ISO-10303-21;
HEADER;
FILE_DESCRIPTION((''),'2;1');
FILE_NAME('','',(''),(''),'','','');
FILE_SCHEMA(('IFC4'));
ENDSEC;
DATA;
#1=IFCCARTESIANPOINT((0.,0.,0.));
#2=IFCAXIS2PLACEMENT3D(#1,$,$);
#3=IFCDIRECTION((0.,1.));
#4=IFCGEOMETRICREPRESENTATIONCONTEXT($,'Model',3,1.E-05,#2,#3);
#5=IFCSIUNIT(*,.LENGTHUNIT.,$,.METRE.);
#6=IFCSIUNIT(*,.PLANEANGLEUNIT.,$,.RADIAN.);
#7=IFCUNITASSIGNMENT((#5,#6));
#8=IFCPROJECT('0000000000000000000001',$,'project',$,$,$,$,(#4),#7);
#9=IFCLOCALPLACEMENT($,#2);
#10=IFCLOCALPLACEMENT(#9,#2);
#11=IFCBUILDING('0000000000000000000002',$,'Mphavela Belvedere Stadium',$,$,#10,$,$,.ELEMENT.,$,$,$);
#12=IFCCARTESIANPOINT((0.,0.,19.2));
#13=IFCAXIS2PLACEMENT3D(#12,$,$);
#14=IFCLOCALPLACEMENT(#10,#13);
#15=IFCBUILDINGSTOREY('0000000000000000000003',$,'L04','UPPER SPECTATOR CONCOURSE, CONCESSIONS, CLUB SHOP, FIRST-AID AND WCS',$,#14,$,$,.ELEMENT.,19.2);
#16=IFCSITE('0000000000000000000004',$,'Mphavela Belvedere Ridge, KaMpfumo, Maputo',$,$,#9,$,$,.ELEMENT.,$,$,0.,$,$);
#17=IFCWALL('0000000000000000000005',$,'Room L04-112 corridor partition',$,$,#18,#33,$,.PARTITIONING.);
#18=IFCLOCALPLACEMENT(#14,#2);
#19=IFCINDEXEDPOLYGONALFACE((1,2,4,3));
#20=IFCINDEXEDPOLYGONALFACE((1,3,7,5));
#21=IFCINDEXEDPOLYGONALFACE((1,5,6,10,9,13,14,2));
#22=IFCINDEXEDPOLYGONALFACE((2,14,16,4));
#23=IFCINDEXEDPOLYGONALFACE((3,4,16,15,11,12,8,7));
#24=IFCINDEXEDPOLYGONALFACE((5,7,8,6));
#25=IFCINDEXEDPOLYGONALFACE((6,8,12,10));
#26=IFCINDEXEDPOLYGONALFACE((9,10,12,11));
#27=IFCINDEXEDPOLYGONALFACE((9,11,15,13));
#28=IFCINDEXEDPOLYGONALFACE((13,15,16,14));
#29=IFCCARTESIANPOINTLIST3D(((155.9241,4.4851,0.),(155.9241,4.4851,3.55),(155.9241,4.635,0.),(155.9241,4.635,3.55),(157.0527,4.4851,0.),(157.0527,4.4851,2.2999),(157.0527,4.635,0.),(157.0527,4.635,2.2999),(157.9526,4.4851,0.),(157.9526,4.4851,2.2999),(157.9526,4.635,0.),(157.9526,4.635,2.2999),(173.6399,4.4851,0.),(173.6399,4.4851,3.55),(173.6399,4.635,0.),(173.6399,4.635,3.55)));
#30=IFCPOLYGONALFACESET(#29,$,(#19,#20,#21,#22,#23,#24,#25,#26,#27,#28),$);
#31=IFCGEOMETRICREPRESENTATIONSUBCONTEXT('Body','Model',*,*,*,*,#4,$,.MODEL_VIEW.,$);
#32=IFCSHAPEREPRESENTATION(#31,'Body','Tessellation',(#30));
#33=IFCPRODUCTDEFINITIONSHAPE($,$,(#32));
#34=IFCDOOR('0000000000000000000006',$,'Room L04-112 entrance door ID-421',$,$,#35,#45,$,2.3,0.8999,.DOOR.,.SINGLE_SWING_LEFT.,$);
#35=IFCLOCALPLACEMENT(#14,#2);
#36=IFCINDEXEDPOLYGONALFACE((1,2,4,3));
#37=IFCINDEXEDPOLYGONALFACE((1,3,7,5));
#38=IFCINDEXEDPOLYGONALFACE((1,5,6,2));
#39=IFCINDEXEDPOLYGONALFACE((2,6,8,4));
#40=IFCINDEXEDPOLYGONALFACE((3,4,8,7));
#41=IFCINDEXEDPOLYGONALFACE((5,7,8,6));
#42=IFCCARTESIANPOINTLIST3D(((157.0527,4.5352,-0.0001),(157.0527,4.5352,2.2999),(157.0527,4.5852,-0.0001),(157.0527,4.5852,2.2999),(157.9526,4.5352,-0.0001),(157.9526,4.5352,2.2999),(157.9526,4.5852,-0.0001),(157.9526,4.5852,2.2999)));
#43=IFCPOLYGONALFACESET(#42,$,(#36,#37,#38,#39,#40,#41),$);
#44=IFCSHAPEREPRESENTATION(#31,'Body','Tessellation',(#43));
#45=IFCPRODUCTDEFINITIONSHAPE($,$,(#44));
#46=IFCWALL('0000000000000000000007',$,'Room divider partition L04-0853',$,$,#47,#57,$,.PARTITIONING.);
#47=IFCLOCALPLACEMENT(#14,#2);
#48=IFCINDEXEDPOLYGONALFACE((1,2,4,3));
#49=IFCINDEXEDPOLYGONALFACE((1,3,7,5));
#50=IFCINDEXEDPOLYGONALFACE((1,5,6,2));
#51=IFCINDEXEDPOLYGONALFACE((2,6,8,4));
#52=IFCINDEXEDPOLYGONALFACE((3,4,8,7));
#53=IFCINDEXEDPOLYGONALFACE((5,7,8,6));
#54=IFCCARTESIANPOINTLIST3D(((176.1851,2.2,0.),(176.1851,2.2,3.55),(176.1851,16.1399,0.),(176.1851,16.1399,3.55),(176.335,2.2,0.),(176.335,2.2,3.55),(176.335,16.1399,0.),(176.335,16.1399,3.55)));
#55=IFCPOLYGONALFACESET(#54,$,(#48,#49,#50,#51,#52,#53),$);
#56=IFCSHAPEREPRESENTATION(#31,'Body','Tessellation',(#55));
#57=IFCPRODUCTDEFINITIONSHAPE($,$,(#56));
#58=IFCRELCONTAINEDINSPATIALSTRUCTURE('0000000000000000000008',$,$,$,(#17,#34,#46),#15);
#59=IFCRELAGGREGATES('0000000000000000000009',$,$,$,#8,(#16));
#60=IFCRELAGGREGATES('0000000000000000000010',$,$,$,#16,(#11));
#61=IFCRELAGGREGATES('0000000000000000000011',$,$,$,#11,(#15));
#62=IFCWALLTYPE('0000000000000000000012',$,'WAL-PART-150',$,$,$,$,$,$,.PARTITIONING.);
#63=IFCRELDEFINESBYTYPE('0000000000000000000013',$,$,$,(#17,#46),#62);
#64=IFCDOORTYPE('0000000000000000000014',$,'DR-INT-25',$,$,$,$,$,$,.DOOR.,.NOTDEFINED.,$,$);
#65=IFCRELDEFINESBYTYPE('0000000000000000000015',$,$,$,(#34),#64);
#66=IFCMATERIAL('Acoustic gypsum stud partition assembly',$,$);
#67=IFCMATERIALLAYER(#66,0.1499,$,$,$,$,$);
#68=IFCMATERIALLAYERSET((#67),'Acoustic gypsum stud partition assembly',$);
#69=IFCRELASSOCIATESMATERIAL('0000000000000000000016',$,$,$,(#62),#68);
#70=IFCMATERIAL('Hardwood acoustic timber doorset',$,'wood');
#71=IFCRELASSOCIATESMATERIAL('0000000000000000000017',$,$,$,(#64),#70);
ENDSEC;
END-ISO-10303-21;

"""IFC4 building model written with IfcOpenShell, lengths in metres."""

from ifc_helpers import new_model, si_unit, direction, frame, frame_2d, origin, place, context, subcontext, project, spatial, rectangle, extrude, material, layer, layer_set, type_object, element, fill, save


model = new_model("IFC4")

# Units and contexts
model_context = context("Model", 3, precision=1e-05, world=origin(), true_north=direction((0.0, 1.0)))
body_context = subcontext(model_context, "Body", "Model", "MODEL_VIEW")
ifc_project = project(units=[si_unit("LENGTHUNIT", "METRE"), si_unit("PLANEANGLEUNIT", "RADIAN")], contexts=[model_context])

# Site, building, storey
site_placement = place(None, origin())
site = spatial("IfcSite", under=ifc_project, at=site_placement, Name="Mphavela Belvedere Ridge, KaMpfumo, Maputo", CompositionType="ELEMENT", RefElevation=0.0)
building_placement = place(site_placement, origin())
building = spatial("IfcBuilding", under=site, at=building_placement, Name="Mphavela Belvedere Stadium", CompositionType="ELEMENT")
storey_placement = place(building_placement, frame((0.0, 0.0, 19.2)))
storey = spatial("IfcBuildingStorey", under=building, at=storey_placement, Name="L04", Description="UPPER SPECTATOR CONCOURSE, CONCESSIONS, CLUB SHOP, FIRST-AID AND WCS", CompositionType="ELEMENT", Elevation=19.2)

# Wall, opening, door
ifc_material_1 = material(Name="Acoustic gypsum stud partition assembly")
ifc_layer_1 = layer(ifc_material_1, 0.1499)
ifc_layer_set_1 = layer_set([ifc_layer_1], Name="Acoustic gypsum stud partition assembly")
wall_type_1 = type_object("IfcWallType", Name="WAL-PART-150", PredefinedType="PARTITIONING", material=ifc_layer_set_1)
wall_1_placement = place(storey_placement, frame((173.6399, 4.5601, 0.0), z_axis=(0.0, 0.0, 1.0), x_axis=(-1.0, 0.0, 0.0)))
wall_1 = element("IfcWall", 1, at=wall_1_placement, inside=storey, type_object=wall_type_1, Name="Room L04-112 corridor partition", PredefinedType="PARTITIONING", context=body_context, shape_type="SweptSolid", body=[
    extrude(rectangle(XDim=17.7158, YDim=0.1499, at=frame_2d((8.8579, 0.0))), origin(), (0.0, 0.0, 1.0), 3.55),
])
opening_1_placement = place(wall_1_placement, frame((15.6873, 0.0, 0.0)))
opening_1 = element("IfcOpeningElement", 2, at=opening_1_placement, cuts=wall_1, PredefinedType="OPENING", context=body_context, shape_type="SweptSolid", body=[
    extrude(rectangle(XDim=0.8999, YDim=2.3, at=frame_2d((0.45, 1.1499))), frame((0.0, 0.085, 0.0), z_axis=(0.0, -1.0, 0.0), x_axis=(1.0, 0.0, 0.0)), (0.0, 0.0, 1.0), 0.1699),
])
ifc_material_2 = material(Name="Hardwood acoustic timber doorset", Category="wood")
door_type = type_object("IfcDoorType", Name="DR-INT-25", OperationType="NOTDEFINED", PredefinedType="DOOR", material=ifc_material_2)
door_placement = place(opening_1_placement, origin())
door = element("IfcDoor", 3, at=door_placement, inside=storey, type_object=door_type, Name="Room L04-112 entrance door ID-421", OperationType="SINGLE_SWING_LEFT", OverallHeight=2.3, OverallWidth=0.8999, PredefinedType="DOOR", context=body_context, shape_type="SweptSolid", body=[
    extrude(rectangle(XDim=0.8999, YDim=2.3, at=frame_2d((0.45, 1.1499))), frame((0.0, 0.0249, 0.0), z_axis=(0.0, -1.0, 0.0), x_axis=(1.0, 0.0, 0.0)), (0.0, 0.0, 1.0), 0.05),
])
fill(opening_1, door)

# Wall
wall_2_placement = place(storey_placement, frame((176.26, 2.2, 0.0), z_axis=(0.0, 0.0, 1.0), x_axis=(0.0, 1.0, 0.0)))
element("IfcWall", 4, at=wall_2_placement, inside=storey, type_object=wall_type_1, Name="Room divider partition L04-0853", PredefinedType="PARTITIONING", context=body_context, shape_type="SweptSolid", body=[
    extrude(rectangle(XDim=13.9399, YDim=0.1499, at=frame_2d((6.97, 0.0))), origin(), (0.0, 0.0, 1.0), 3.55),
])

save(model, "model.ifc")
